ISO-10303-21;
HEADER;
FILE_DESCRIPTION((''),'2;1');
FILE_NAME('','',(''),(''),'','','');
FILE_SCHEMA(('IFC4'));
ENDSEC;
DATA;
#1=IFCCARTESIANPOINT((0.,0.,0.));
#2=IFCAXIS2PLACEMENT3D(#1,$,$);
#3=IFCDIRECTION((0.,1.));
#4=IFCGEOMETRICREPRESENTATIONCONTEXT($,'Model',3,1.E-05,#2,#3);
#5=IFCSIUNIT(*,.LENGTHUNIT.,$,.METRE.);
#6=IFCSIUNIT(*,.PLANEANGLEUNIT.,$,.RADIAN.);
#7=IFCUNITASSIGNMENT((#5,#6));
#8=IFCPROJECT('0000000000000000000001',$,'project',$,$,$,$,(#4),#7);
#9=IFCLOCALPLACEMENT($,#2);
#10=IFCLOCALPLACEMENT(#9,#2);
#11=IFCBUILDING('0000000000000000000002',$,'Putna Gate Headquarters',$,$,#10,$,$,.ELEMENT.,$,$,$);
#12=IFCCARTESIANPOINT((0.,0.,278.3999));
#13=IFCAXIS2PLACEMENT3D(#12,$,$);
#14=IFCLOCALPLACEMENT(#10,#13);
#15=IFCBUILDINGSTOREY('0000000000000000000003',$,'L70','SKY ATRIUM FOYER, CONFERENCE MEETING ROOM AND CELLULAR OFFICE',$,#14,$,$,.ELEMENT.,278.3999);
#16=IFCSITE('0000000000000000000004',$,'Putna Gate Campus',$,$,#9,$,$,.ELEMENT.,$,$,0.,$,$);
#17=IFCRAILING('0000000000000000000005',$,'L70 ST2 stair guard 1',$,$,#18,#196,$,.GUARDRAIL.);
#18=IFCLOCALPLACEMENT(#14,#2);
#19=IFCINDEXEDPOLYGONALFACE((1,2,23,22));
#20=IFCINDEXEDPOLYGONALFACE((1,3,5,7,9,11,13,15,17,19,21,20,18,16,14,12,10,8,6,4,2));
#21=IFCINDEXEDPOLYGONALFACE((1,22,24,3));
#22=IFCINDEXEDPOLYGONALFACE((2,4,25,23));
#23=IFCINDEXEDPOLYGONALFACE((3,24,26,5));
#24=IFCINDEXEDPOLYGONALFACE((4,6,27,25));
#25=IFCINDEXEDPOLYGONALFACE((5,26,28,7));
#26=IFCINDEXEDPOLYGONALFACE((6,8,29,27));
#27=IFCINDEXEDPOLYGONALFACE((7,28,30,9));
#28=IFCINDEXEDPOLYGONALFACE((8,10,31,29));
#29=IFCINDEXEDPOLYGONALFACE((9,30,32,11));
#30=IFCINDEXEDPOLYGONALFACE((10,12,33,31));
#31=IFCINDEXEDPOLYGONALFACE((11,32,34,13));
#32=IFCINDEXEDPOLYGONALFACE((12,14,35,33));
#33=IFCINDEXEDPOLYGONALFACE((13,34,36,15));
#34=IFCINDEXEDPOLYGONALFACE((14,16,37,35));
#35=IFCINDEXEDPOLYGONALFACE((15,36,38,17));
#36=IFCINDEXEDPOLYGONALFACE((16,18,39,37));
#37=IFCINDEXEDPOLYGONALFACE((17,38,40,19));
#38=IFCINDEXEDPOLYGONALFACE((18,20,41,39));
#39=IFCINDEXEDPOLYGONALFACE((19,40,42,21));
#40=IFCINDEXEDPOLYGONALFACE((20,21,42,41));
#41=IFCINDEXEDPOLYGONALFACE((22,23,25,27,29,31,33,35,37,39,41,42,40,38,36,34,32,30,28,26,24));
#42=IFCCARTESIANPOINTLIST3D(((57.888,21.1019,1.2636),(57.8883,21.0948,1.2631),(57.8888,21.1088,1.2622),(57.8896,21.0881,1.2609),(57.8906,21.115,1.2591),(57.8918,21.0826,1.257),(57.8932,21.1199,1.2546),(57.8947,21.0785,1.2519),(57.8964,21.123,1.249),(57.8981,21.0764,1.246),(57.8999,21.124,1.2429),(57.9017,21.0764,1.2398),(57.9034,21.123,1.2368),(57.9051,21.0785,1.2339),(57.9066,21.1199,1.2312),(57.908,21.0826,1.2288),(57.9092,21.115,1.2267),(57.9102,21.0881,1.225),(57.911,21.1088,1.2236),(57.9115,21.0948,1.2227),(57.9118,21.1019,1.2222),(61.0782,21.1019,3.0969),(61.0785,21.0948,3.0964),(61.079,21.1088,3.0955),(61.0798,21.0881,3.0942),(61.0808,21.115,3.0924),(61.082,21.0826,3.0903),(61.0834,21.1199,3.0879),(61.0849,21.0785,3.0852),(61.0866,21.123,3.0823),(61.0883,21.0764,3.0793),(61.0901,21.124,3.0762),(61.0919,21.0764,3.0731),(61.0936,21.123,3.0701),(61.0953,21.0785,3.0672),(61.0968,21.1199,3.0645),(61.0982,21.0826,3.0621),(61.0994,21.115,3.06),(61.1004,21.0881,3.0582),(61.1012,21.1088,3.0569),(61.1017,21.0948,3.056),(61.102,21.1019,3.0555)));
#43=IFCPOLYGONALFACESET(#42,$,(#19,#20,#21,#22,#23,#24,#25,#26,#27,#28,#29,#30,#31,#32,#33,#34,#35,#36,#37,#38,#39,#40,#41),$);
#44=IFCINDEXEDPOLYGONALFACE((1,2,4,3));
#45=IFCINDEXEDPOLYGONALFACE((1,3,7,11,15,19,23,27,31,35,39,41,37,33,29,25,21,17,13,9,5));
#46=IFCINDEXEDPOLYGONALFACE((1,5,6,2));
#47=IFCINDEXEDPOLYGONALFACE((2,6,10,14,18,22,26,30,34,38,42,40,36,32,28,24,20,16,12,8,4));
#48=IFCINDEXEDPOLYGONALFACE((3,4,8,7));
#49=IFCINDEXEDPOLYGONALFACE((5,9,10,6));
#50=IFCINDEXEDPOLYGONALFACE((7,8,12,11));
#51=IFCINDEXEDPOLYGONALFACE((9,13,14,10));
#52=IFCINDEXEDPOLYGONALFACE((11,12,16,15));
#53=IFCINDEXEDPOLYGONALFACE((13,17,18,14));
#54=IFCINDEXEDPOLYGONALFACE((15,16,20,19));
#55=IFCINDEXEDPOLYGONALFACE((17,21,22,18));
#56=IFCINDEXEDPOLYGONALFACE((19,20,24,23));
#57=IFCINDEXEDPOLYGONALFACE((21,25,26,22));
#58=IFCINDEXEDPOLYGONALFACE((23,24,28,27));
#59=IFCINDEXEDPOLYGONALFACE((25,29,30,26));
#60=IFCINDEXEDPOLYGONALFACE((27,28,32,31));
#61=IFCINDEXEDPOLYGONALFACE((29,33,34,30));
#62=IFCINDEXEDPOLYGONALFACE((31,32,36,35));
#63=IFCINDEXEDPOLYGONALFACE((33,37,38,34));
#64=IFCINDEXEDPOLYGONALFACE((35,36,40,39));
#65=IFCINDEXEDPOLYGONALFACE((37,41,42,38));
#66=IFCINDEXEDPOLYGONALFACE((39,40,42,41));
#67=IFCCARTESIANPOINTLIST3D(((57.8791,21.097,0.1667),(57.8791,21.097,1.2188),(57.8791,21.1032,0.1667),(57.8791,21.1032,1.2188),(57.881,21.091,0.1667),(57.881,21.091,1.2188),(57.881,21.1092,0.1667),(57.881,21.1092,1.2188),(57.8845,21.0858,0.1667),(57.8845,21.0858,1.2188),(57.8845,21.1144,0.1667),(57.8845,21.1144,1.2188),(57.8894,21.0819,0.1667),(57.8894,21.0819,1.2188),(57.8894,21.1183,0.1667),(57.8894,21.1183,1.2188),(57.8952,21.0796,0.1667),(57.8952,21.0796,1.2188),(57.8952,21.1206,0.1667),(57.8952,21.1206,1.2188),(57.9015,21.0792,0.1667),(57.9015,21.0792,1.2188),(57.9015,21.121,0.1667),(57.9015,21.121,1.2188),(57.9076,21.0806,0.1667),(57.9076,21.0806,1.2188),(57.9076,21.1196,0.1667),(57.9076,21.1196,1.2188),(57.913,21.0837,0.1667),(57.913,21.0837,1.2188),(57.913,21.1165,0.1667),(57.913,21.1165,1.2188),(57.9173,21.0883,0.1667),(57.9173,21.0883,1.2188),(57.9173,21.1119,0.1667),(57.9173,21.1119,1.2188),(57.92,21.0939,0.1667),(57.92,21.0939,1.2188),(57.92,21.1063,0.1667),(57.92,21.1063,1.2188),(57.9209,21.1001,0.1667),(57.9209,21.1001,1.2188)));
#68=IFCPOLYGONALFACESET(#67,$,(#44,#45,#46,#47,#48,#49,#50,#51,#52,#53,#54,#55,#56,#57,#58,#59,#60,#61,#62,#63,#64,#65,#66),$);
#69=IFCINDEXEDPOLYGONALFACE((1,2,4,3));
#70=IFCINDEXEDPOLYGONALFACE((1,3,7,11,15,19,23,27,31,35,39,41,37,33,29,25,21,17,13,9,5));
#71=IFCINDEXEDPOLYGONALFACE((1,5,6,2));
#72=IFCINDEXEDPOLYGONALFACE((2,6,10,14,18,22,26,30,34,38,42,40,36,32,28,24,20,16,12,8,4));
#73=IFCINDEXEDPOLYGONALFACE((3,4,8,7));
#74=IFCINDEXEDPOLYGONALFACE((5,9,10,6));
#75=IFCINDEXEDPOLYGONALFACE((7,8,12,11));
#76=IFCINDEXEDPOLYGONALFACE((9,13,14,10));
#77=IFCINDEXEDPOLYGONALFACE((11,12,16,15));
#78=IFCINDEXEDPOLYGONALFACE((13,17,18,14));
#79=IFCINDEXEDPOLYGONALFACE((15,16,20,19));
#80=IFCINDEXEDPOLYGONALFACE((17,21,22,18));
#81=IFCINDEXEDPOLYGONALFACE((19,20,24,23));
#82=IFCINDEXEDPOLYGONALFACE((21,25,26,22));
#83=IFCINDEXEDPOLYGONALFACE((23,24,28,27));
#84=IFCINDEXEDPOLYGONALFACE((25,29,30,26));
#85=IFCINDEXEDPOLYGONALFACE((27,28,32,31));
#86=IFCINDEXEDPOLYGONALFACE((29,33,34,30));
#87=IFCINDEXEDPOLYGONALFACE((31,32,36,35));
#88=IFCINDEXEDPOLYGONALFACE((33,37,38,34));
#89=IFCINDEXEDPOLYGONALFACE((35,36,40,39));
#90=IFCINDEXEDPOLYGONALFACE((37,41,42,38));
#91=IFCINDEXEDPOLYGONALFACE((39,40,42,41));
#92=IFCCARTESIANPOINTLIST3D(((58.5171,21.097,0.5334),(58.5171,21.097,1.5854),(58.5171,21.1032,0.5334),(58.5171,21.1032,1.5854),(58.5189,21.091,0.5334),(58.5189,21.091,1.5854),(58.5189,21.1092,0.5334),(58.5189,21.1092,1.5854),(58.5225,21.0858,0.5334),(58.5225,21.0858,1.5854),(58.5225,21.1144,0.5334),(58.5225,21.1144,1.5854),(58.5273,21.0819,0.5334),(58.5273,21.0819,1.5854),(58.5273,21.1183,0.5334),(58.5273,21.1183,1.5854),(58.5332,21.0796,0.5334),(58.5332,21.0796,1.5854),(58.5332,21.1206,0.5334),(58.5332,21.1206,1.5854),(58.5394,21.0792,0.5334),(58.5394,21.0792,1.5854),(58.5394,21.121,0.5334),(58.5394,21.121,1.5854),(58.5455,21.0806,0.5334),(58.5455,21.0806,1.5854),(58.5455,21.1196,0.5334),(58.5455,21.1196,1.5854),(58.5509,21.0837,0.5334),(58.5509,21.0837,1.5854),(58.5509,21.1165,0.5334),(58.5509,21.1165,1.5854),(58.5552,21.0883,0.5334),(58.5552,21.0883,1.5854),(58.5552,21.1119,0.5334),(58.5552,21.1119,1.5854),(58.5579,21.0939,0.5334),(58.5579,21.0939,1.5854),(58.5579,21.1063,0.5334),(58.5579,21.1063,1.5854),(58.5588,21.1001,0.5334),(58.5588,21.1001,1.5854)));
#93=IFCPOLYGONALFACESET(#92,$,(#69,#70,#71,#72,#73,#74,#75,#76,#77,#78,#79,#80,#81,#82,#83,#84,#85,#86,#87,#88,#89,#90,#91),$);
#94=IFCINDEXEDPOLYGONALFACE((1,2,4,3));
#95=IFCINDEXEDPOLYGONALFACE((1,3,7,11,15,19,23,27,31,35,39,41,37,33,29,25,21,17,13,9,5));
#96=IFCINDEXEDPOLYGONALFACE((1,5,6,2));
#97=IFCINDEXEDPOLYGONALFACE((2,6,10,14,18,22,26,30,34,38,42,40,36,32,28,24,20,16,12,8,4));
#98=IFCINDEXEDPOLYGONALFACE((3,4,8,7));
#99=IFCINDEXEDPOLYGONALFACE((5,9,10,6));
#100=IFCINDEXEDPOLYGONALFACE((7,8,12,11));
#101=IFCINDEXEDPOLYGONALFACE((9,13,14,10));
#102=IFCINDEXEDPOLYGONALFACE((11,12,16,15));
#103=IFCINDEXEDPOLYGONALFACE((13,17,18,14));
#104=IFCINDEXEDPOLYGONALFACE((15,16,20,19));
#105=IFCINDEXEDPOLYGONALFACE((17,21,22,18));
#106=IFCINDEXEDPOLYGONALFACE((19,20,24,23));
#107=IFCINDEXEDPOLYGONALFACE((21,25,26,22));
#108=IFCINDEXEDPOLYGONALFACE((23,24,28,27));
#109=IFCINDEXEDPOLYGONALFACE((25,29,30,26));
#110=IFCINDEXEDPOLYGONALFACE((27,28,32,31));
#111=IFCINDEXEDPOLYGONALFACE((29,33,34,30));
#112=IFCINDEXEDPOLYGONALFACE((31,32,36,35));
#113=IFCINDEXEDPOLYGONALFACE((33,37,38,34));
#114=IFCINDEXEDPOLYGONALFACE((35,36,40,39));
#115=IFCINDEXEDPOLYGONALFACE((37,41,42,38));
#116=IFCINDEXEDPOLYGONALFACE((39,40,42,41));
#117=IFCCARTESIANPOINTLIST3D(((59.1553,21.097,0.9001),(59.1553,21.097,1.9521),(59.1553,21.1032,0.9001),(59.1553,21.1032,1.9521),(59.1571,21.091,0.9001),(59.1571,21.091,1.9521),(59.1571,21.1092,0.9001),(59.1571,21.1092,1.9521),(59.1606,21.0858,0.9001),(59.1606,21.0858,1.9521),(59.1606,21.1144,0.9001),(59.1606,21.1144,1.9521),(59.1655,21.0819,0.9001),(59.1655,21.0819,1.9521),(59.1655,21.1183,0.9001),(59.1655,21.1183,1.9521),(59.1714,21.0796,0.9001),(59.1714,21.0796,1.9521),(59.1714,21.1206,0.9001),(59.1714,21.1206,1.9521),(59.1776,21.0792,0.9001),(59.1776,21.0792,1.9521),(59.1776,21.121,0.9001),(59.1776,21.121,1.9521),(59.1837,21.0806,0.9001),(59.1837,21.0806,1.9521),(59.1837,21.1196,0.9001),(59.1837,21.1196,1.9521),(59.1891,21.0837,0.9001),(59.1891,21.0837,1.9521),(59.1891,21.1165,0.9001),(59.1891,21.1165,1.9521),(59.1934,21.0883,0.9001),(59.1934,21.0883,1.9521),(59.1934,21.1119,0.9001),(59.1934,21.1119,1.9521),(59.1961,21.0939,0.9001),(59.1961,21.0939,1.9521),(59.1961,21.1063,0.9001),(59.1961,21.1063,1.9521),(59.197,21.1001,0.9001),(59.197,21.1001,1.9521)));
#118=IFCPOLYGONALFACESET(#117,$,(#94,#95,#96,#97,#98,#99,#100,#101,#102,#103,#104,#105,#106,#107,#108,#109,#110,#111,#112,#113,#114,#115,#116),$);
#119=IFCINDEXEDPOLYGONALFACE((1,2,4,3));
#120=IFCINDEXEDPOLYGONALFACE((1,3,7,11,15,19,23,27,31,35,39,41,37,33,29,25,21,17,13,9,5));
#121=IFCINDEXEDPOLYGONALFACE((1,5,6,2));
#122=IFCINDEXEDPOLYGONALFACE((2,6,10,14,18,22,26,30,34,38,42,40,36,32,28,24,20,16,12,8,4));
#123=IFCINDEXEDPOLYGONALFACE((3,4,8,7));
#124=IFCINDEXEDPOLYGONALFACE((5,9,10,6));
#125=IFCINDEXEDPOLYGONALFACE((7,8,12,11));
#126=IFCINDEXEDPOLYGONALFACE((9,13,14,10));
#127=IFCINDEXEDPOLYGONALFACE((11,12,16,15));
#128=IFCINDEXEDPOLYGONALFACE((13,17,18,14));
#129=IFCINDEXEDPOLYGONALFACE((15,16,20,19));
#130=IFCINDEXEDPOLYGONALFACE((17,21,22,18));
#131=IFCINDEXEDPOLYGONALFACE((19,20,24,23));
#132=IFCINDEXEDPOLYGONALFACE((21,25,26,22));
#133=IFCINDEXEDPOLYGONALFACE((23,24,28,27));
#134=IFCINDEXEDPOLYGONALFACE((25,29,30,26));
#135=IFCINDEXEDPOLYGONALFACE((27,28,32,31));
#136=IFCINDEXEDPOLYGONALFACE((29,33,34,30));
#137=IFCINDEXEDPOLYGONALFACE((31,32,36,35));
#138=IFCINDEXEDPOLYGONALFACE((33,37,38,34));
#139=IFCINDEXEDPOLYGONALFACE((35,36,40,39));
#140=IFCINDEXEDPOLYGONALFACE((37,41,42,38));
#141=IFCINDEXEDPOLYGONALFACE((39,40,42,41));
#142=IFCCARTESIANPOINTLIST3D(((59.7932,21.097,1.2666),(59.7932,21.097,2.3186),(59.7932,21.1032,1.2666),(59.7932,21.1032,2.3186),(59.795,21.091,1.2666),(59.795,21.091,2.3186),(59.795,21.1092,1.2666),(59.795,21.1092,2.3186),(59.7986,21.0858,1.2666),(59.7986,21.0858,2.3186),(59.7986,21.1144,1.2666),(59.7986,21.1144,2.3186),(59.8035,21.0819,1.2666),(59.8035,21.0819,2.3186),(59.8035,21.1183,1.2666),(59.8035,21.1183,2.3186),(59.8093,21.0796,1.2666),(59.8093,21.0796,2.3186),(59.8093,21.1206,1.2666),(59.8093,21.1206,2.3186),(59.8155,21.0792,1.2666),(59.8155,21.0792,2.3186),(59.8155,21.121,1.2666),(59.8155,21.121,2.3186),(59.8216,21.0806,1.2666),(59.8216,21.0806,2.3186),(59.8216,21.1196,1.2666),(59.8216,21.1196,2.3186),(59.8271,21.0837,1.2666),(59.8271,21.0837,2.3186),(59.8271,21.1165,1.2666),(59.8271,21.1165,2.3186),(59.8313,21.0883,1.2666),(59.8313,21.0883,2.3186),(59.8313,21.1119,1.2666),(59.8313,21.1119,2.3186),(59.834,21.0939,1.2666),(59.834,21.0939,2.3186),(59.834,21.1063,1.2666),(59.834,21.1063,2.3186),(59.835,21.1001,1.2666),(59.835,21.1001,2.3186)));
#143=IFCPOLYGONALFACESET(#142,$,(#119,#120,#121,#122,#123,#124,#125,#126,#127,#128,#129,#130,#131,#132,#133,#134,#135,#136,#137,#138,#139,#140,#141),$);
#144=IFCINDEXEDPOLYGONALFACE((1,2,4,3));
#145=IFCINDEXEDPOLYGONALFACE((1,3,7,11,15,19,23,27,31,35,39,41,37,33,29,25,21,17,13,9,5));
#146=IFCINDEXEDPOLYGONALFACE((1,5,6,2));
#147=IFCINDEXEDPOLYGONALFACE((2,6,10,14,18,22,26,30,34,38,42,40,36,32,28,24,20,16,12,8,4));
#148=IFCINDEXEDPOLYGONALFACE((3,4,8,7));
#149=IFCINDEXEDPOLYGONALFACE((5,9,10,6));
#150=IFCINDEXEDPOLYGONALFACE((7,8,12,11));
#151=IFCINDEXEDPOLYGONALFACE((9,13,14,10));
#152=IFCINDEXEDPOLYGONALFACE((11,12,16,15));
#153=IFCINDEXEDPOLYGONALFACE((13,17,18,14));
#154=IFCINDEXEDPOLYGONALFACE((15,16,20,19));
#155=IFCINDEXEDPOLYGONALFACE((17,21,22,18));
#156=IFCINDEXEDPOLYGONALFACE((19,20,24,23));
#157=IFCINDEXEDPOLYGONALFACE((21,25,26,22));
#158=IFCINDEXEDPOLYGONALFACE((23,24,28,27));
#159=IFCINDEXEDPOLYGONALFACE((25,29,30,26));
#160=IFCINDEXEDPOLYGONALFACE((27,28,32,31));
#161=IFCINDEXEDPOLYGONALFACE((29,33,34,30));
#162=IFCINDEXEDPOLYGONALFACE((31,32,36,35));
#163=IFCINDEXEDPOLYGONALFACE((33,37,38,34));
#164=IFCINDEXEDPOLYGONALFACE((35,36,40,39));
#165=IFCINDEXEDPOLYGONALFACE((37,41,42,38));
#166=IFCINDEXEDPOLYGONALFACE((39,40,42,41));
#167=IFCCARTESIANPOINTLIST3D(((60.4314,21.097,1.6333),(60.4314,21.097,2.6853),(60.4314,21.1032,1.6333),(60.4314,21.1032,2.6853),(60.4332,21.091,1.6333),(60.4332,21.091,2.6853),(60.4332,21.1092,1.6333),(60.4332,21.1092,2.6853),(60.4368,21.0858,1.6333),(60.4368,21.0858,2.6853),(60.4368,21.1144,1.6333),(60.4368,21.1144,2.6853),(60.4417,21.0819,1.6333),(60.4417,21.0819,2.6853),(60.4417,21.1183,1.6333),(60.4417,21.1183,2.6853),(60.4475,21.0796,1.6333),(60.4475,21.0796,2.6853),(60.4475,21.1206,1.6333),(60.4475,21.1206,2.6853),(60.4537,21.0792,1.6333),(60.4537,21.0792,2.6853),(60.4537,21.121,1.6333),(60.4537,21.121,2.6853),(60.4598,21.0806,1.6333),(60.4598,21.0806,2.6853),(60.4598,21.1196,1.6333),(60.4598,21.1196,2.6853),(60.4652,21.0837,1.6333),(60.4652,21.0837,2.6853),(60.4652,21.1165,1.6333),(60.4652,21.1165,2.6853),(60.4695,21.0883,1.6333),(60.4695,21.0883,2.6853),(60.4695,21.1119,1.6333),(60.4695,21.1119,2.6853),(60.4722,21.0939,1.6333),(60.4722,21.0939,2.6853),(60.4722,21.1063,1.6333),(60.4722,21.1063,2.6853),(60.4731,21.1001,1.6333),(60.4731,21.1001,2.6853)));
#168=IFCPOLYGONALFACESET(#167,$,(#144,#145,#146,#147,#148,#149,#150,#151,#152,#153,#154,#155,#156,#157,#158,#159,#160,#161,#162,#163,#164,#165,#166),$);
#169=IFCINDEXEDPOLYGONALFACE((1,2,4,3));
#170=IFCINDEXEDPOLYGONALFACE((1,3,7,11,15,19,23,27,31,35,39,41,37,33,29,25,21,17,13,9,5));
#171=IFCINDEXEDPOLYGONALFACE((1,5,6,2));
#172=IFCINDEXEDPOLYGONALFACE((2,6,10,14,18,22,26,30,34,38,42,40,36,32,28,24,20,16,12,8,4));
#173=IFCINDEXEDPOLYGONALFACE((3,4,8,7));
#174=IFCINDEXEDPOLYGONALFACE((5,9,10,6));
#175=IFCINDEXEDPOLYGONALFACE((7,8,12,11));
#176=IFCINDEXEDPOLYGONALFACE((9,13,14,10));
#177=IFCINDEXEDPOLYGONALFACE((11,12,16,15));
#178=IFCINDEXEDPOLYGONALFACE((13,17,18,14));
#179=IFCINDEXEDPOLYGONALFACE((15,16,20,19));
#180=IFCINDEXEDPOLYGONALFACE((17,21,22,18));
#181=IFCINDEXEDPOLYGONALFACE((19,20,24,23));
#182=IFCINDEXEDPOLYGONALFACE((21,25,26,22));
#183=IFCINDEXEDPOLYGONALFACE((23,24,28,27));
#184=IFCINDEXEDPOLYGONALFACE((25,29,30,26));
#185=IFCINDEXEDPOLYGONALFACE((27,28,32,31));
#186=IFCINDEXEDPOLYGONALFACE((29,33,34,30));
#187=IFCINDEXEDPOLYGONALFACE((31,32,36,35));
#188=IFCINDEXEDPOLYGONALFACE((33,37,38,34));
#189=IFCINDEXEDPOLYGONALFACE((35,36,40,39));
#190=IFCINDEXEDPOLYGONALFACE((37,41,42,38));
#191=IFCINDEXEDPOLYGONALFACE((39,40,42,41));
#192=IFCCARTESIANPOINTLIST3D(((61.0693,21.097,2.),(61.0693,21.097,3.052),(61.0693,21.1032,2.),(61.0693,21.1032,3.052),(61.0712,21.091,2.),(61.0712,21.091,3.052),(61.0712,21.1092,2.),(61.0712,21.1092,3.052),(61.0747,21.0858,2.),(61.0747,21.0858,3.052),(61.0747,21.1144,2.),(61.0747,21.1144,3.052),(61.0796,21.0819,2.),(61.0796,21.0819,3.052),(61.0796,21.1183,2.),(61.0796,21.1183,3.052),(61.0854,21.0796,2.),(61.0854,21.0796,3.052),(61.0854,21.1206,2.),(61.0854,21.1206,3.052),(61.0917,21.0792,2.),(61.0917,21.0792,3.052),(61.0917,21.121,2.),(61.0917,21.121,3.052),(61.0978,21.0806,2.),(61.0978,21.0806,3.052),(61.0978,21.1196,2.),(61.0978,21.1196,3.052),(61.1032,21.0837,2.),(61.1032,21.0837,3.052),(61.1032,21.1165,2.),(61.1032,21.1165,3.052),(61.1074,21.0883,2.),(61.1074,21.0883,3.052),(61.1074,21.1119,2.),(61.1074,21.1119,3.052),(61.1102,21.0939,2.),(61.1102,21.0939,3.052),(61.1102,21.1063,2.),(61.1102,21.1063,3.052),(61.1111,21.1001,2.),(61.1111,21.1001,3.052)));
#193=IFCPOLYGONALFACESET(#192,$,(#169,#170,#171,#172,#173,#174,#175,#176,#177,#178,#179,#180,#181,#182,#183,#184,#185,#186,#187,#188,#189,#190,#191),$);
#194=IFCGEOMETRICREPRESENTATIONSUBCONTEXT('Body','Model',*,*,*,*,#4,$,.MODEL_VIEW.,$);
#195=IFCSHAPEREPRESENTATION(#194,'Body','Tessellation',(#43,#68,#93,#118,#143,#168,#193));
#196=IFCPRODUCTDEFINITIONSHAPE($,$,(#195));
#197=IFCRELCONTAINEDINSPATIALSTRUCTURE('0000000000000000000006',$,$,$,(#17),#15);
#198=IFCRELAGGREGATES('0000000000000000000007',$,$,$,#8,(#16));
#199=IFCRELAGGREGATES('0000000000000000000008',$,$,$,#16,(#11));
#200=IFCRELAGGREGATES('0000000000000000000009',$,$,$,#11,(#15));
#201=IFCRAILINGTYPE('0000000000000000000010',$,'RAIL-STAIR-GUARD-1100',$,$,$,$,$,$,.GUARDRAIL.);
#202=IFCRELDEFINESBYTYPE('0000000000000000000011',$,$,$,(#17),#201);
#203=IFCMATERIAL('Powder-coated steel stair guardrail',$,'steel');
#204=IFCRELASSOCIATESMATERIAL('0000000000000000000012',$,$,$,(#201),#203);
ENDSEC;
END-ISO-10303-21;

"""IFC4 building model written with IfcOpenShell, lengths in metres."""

from ifc_helpers import new_model, si_unit, direction, frame, origin, origin_2d, place, context, subcontext, project, spatial, circle, extrude, material, type_object, element, save


model = new_model("IFC4")

# Units and contexts
model_context = context("Model", 3, precision=1e-05, world=origin(), true_north=direction((0.0, 1.0)))
body_context = subcontext(model_context, "Body", "Model", "MODEL_VIEW")
ifc_project = project(units=[si_unit("LENGTHUNIT", "METRE"), si_unit("PLANEANGLEUNIT", "RADIAN")], contexts=[model_context])

# Site, building, storey
site_placement = place(None, origin())
site = spatial("IfcSite", under=ifc_project, at=site_placement, Name="Putna Gate Campus", CompositionType="ELEMENT", RefElevation=0.0)
building_placement = place(site_placement, origin())
building = spatial("IfcBuilding", under=site, at=building_placement, Name="Putna Gate Headquarters", CompositionType="ELEMENT")
storey_placement = place(building_placement, frame((0.0, 0.0, 278.3999)))
storey = spatial("IfcBuildingStorey", under=building, at=storey_placement, Name="L70", Description="SKY ATRIUM FOYER, CONFERENCE MEETING ROOM AND CELLULAR OFFICE", CompositionType="ELEMENT", Elevation=278.3999)

# Railing
ifc_material_1 = material(Name="Powder-coated steel stair guardrail", Category="steel")
railing_type = type_object("IfcRailingType", Name="RAIL-STAIR-GUARD-1100", PredefinedType="GUARDRAIL", material=ifc_material_1)
railing_1_placement = place(storey_placement, frame((57.8999, 21.1001, 0.1667)))
element("IfcRailing", 1, at=railing_1_placement, inside=storey, type_object=railing_type, Name="L70 ST2 stair guard 1", PredefinedType="GUARDRAIL", context=body_context, shape_type="SweptSolid", body=[
    extrude(circle(Radius=0.0239, at=origin_2d()), frame((0.0, 0.0, 1.0762), z_axis=(0.867036, 0.0, 0.498245), x_axis=(0.0, 1.0, 0.0)), (0.0, 0.0, 1.0), 3.6794),
    extrude(circle(Radius=0.021, at=origin_2d()), origin(), (0.0, 0.0, 1.0), 1.052),
    extrude(circle(Radius=0.021, at=origin_2d()), frame((0.6379, 0.0, 0.3667)), (0.0, 0.0, 1.0), 1.052),
    extrude(circle(Radius=0.021, at=origin_2d()), frame((1.2761, 0.0, 0.7334)), (0.0, 0.0, 1.0), 1.052),
    extrude(circle(Radius=0.021, at=origin_2d()), frame((1.9141, 0.0, 1.0999)), (0.0, 0.0, 1.0), 1.052),
    extrude(circle(Radius=0.021, at=origin_2d()), frame((2.5522, 0.0, 1.4666)), (0.0, 0.0, 1.0), 1.052),
    extrude(circle(Radius=0.021, at=origin_2d()), frame((3.1902, 0.0, 1.8333)), (0.0, 0.0, 1.0), 1.052),
])

save(model, "model.ifc")
